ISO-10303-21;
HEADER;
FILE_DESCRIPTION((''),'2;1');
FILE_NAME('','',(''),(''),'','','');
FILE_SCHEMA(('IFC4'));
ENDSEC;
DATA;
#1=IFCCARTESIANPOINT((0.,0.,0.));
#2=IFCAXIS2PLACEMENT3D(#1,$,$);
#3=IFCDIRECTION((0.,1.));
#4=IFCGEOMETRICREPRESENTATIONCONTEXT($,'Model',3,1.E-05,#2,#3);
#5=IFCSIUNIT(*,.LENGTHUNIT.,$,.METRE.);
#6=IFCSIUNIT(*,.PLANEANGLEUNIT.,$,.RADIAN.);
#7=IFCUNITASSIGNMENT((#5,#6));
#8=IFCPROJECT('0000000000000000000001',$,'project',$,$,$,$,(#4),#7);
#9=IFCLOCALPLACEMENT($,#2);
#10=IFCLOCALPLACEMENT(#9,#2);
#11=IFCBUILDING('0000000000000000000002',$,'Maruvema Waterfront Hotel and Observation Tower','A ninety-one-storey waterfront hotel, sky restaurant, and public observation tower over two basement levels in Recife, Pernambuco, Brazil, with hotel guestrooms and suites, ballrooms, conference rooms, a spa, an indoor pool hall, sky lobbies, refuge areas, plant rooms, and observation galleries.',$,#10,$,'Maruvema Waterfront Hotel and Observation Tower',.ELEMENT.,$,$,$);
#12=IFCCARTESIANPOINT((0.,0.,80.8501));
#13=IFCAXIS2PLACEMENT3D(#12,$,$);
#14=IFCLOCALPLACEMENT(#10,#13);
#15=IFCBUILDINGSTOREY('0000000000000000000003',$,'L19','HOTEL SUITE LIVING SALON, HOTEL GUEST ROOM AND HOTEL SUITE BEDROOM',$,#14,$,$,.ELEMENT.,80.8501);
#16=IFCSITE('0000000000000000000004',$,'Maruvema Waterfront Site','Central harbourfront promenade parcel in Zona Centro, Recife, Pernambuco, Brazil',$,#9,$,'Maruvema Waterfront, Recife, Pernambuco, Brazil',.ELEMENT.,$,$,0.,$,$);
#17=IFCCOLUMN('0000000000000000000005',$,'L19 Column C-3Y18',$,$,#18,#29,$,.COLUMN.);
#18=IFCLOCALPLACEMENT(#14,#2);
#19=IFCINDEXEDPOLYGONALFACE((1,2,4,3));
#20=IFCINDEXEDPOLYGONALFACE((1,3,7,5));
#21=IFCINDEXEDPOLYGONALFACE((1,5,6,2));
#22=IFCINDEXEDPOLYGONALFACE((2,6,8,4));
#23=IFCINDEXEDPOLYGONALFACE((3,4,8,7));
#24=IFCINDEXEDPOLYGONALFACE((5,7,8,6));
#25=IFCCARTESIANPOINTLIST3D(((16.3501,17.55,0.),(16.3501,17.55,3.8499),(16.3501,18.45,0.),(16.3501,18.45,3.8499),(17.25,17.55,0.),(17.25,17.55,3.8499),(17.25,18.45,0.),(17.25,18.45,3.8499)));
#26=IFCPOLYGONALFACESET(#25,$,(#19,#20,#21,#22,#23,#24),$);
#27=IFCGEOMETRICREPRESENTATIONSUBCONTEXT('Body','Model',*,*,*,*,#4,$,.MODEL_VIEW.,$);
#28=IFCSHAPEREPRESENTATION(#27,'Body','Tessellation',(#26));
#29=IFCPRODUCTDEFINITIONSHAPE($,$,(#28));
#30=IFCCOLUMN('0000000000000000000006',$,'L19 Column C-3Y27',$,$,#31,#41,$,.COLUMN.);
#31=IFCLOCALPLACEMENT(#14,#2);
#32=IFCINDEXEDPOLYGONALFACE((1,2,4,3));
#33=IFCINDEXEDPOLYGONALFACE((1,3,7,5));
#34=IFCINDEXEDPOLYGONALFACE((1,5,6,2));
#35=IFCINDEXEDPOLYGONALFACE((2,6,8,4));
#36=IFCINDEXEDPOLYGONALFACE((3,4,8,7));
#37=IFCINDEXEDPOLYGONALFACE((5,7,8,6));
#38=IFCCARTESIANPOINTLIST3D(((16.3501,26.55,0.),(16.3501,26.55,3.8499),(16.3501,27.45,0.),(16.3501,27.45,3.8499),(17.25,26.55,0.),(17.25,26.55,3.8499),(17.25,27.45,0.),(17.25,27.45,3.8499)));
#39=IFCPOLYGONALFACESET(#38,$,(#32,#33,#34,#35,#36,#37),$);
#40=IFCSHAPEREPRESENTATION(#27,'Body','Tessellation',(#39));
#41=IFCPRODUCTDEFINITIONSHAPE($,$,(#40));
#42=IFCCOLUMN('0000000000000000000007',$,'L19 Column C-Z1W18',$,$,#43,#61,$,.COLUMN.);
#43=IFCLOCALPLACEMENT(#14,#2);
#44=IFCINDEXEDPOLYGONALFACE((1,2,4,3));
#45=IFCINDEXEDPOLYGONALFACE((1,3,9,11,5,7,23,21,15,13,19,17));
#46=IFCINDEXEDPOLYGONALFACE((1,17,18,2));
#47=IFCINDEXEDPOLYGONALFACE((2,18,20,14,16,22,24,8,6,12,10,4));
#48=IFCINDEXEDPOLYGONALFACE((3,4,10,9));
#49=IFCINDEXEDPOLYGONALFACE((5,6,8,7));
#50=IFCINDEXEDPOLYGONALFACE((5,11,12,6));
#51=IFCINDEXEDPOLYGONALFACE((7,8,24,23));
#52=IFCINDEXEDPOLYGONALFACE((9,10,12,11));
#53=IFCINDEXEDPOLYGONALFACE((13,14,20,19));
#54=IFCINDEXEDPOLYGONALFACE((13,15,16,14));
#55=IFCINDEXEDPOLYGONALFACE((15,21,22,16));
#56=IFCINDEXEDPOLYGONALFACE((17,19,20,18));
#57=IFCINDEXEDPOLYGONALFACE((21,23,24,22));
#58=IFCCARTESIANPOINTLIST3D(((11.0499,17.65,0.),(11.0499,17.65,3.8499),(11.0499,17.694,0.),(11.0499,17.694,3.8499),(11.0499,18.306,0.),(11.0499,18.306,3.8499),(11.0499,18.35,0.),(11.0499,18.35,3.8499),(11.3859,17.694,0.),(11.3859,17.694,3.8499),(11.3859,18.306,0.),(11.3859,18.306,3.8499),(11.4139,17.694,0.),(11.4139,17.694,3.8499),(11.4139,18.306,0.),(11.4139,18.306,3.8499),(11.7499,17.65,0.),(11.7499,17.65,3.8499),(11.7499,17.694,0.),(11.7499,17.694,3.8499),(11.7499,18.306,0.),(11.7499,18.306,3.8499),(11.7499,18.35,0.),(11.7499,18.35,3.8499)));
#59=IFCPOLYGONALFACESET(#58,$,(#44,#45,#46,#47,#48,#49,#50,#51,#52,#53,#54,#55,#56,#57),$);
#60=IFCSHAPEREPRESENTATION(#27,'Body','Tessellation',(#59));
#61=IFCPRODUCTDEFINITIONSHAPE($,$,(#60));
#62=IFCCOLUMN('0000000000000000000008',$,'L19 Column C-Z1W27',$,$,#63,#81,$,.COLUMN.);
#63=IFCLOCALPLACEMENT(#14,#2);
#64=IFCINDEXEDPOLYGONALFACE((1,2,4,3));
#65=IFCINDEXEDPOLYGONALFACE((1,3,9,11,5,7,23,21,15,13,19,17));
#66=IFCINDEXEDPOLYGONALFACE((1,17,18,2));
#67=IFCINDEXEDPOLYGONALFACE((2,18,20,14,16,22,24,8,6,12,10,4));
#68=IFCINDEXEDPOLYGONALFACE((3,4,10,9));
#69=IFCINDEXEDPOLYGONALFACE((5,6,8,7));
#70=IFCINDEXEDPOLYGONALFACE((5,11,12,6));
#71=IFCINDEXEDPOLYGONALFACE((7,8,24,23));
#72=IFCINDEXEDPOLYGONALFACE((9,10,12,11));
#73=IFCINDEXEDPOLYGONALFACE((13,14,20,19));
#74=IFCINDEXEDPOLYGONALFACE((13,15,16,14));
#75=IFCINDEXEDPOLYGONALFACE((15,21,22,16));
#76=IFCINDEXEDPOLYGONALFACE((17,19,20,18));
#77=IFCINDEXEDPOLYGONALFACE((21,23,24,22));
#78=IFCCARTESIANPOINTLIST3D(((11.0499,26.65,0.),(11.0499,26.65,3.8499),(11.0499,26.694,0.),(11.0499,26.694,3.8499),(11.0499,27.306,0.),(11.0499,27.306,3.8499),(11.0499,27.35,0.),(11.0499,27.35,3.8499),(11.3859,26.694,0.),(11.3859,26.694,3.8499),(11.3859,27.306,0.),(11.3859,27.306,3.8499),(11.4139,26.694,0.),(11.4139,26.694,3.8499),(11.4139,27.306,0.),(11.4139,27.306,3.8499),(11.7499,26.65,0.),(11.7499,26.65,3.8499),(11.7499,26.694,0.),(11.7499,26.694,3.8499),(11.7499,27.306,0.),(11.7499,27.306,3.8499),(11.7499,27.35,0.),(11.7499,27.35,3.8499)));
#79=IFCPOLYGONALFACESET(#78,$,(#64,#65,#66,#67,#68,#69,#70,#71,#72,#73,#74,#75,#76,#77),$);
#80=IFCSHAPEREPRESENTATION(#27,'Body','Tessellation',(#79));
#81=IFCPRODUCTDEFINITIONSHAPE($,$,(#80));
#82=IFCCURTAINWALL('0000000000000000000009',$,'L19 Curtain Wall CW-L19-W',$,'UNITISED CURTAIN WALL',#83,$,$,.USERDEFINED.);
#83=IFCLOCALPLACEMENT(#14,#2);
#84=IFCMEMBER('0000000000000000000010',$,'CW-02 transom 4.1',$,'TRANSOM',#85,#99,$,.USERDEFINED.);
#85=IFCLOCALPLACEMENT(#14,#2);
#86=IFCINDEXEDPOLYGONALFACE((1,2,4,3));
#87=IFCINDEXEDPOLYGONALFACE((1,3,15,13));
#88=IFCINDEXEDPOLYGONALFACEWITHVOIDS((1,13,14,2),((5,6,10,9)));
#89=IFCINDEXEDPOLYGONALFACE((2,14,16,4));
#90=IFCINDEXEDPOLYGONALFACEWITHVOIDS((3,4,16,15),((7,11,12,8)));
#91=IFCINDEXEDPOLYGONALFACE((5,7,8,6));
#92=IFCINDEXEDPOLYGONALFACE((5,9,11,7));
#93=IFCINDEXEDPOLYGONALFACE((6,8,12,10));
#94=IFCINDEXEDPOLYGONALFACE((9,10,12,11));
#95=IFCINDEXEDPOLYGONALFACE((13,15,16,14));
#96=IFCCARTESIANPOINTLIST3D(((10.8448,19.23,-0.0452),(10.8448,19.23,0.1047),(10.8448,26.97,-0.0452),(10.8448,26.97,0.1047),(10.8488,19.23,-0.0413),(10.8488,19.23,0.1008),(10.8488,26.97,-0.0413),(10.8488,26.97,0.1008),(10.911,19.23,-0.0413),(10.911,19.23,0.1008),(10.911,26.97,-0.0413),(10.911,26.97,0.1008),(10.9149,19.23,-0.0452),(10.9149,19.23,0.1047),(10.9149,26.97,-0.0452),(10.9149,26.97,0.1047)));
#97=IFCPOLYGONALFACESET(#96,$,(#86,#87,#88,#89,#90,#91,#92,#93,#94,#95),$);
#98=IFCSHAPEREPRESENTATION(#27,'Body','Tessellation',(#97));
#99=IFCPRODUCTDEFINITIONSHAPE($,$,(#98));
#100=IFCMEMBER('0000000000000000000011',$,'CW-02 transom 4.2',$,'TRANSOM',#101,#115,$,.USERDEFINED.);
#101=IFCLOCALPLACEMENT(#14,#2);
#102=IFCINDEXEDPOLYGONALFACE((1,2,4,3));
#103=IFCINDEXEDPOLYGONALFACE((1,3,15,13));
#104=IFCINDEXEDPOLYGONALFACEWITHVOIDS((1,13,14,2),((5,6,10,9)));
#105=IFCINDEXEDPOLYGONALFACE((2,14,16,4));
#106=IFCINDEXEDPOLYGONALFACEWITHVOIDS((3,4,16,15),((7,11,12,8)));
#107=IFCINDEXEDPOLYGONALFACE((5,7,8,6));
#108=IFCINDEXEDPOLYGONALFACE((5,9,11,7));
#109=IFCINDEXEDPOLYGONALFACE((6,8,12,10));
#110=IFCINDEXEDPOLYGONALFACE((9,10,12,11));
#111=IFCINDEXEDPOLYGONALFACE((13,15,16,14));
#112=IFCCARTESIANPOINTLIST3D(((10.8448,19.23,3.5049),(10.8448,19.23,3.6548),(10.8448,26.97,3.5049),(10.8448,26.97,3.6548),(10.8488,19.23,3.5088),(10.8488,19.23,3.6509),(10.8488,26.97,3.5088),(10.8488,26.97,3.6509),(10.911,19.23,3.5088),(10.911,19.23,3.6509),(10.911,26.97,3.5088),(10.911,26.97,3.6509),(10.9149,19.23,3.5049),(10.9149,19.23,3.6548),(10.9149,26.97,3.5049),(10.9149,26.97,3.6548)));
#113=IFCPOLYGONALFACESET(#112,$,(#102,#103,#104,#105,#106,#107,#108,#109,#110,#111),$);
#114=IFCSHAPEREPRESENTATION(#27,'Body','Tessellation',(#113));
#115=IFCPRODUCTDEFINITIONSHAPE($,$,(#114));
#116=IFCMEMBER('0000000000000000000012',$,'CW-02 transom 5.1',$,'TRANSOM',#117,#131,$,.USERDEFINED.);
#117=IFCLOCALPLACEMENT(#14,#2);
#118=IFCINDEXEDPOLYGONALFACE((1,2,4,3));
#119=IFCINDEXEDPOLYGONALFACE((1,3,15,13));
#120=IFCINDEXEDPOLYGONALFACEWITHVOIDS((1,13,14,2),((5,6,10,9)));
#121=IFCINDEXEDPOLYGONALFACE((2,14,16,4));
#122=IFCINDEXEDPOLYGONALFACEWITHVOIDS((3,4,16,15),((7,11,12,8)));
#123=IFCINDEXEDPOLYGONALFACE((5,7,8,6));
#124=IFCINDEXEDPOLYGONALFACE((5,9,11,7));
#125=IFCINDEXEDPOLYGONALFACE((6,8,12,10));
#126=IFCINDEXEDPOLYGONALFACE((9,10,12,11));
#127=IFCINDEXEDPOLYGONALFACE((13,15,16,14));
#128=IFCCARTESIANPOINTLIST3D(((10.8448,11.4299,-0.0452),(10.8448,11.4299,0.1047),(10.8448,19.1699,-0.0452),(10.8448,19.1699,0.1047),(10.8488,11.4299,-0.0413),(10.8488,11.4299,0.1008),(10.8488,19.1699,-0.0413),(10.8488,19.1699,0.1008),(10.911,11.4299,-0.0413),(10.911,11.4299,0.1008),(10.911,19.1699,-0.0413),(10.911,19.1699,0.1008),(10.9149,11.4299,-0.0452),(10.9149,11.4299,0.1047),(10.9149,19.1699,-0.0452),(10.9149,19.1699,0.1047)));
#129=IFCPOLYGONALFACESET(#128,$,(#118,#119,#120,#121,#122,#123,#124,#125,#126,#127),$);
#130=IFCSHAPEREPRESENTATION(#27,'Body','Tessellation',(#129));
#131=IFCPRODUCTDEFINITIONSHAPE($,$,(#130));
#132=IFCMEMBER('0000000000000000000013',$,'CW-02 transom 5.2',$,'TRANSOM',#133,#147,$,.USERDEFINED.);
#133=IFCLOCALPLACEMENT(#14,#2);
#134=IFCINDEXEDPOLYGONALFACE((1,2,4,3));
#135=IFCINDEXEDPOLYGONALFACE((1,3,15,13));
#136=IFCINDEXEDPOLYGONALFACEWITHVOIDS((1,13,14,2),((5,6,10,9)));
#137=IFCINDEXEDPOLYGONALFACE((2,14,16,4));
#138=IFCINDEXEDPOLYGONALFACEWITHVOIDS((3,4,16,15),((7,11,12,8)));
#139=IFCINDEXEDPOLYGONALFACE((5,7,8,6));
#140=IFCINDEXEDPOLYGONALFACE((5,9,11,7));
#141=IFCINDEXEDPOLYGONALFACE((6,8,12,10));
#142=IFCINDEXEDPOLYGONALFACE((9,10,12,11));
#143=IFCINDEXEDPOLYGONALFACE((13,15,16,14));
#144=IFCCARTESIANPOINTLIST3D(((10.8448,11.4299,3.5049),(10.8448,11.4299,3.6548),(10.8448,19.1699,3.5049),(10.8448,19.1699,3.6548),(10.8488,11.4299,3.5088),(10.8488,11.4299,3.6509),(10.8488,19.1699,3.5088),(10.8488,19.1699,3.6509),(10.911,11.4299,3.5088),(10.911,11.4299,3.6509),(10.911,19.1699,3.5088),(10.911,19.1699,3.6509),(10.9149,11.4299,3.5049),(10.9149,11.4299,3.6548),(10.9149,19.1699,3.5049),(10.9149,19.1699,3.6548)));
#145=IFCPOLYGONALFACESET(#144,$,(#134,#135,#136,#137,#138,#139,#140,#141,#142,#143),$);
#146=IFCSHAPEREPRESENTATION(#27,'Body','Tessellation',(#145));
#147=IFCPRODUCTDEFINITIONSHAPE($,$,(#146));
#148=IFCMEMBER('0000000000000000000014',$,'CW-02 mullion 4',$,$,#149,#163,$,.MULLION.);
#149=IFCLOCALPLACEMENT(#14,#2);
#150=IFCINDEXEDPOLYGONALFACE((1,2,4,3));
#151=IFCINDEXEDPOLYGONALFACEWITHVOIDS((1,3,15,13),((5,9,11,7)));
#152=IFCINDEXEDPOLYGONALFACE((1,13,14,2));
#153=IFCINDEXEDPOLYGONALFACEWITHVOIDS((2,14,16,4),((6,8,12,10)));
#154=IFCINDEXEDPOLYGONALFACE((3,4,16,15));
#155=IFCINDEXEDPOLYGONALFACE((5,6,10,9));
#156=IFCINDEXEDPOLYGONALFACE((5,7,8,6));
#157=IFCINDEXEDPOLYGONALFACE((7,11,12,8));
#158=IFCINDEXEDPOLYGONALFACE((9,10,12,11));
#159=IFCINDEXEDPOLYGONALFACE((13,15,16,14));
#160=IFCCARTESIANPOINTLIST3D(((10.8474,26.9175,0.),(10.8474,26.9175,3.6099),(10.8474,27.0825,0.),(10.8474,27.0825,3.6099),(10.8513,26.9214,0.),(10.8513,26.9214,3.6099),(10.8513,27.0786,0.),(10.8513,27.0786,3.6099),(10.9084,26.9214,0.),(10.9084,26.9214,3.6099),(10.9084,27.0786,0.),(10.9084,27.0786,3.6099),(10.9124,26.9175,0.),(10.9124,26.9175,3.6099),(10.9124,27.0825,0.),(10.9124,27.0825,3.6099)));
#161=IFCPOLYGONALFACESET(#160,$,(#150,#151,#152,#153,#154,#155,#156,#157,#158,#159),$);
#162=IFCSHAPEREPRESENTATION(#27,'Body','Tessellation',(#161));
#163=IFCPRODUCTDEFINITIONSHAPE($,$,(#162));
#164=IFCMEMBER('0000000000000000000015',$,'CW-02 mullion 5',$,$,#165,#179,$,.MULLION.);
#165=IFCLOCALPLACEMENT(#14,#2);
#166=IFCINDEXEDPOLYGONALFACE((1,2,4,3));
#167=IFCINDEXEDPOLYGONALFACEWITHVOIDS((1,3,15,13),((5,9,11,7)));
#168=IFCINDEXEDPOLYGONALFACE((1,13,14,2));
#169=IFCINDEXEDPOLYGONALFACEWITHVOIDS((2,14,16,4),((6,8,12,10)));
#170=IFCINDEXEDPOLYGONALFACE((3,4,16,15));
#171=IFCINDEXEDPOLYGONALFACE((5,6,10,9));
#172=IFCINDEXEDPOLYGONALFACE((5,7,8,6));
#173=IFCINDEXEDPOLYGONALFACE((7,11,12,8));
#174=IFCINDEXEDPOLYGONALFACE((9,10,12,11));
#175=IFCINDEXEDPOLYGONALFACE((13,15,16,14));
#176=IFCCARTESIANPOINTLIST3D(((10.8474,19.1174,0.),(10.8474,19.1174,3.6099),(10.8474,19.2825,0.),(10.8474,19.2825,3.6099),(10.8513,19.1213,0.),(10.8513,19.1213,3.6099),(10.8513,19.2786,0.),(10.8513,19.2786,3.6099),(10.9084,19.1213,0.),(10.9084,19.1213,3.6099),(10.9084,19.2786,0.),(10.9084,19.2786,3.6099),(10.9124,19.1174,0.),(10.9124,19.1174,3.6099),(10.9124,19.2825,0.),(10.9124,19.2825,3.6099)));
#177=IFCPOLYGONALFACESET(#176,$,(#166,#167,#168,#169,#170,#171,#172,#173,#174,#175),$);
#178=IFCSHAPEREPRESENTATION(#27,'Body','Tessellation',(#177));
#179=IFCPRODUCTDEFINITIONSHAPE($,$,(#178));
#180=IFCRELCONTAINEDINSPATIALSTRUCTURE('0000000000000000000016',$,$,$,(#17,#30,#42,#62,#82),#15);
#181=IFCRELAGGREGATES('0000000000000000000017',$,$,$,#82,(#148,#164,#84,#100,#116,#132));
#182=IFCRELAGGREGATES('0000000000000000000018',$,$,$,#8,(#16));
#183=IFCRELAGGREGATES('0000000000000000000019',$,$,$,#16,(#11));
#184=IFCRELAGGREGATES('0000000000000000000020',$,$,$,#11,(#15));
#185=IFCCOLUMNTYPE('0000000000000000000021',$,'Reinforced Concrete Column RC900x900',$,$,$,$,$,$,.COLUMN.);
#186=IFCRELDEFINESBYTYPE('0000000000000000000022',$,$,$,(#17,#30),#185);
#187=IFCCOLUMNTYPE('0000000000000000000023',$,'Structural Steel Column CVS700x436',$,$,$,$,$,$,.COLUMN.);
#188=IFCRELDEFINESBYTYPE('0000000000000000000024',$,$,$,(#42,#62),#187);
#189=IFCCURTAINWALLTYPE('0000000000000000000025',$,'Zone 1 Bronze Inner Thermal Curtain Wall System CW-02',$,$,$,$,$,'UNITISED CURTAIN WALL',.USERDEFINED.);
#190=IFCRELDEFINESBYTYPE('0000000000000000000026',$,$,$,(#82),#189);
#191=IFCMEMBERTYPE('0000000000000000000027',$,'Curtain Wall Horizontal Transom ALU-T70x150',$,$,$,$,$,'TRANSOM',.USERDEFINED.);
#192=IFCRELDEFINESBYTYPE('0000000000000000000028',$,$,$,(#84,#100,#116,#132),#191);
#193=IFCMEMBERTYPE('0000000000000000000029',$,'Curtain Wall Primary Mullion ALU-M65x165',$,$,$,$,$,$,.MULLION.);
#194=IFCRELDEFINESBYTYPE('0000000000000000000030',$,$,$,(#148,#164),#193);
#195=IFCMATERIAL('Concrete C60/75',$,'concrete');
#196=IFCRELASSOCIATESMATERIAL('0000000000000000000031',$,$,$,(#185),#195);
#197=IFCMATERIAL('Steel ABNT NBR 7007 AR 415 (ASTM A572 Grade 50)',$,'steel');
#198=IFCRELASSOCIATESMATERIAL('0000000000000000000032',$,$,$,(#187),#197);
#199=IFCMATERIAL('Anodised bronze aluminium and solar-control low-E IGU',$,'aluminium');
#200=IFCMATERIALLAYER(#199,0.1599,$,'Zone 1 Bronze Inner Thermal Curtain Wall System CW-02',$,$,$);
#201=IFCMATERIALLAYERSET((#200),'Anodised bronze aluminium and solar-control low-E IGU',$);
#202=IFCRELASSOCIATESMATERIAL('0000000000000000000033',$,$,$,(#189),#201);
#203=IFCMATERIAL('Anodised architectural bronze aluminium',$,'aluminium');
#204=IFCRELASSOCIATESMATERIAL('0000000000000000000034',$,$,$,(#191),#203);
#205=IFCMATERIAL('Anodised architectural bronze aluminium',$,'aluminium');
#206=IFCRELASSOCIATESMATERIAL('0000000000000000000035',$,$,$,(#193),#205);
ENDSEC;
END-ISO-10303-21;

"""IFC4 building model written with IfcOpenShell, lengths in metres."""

from ifc_helpers import new_model, si_unit, direction, frame, origin, origin_2d, place, context, subcontext, project, spatial, rectangle, hollow_rectangle, i_section, extrude, material, layer, layer_set, material_profile, profile_set, type_object, element, aggregate, save


model = new_model("IFC4")

# Units and contexts
model_context = context("Model", 3, precision=1e-05, world=origin(), true_north=direction((0.0, 1.0)))
body_context = subcontext(model_context, "Body", "Model", "MODEL_VIEW")
ifc_project = project(units=[si_unit("LENGTHUNIT", "METRE"), si_unit("PLANEANGLEUNIT", "RADIAN")], contexts=[model_context])

# Site, building, storey
site_placement = place(None, origin())
site = spatial("IfcSite", under=ifc_project, at=site_placement, Name="Maruvema Waterfront Site", Description="Central harbourfront promenade parcel in Zona Centro, Recife, Pernambuco, Brazil", LongName="Maruvema Waterfront, Recife, Pernambuco, Brazil", CompositionType="ELEMENT", RefElevation=0.0)
building_placement = place(site_placement, origin())
building = spatial("IfcBuilding", under=site, at=building_placement, Name="Maruvema Waterfront Hotel and Observation Tower", Description="A ninety-one-storey waterfront hotel, sky restaurant, and public observation tower over two basement levels in Recife, Pernambuco, Brazil, with hotel guestrooms and suites, ballrooms, conference rooms, a spa, an indoor pool hall, sky lobbies, refuge areas, plant rooms, and observation galleries.", LongName="Maruvema Waterfront Hotel and Observation Tower", CompositionType="ELEMENT")
storey_placement = place(building_placement, frame((0.0, 0.0, 80.8501)))
storey = spatial("IfcBuildingStorey", under=building, at=storey_placement, Name="L19", Description="HOTEL SUITE LIVING SALON, HOTEL GUEST ROOM AND HOTEL SUITE BEDROOM", CompositionType="ELEMENT", Elevation=80.8501)

# Columns
ifc_material_1 = material(Name="Concrete C60/75", Category="concrete")
ifc_material_profile_1 = material_profile(ifc_material_1, rectangle(XDim=0.8999, YDim=0.8999, at=origin_2d()), Name="RC900x900")
ifc_profile_set_1 = profile_set([ifc_material_profile_1], Name="Concrete C60/75")
column_type_1 = type_object("IfcColumnType", Name="Reinforced Concrete Column RC900x900", PredefinedType="COLUMN", material=ifc_profile_set_1)
for number, where, z_axis, x_axis, name in (
    (1, (16.8, 18.0, 0.0), (0.0, 0.0, 1.0), (1.0, 0.0, 0.0), "L19 Column C-3Y18"),
    (2, (16.8, 27.0, 0.0), (0.0, 0.0, 1.0), (1.0, 0.0, 0.0), "L19 Column C-3Y27"),
):
    element("IfcColumn", number, at=place(storey_placement, frame(where, z_axis=z_axis, x_axis=x_axis)), inside=storey, type_object=column_type_1, Name=name, PredefinedType="COLUMN", context=body_context, shape_type="SweptSolid", body=[
        extrude(rectangle(XDim=0.8999, YDim=0.8999, at=origin_2d()), origin(), (0.0, 0.0, 1.0), 3.8499),
    ])
ifc_material_2 = material(Name="Steel ABNT NBR 7007 AR 415 (ASTM A572 Grade 50)", Category="steel")
ifc_material_profile_2 = material_profile(ifc_material_2, i_section(OverallWidth=0.7, OverallDepth=0.7, WebThickness=0.0281, FlangeThickness=0.0439, at=origin_2d()), Name="CVS700x436")
ifc_profile_set_2 = profile_set([ifc_material_profile_2], Name="Steel ABNT NBR 7007 AR 415 (ASTM A572 Grade 50)")
column_type_2 = type_object("IfcColumnType", Name="Structural Steel Column CVS700x436", PredefinedType="COLUMN", material=ifc_profile_set_2)
for number, where, z_axis, x_axis, name in (
    (3, (11.3999, 18.0, 0.0), (0.0, 0.0, 1.0), (1.0, 0.0, 0.0), "L19 Column C-Z1W18"),
    (4, (11.3999, 27.0, 0.0), (0.0, 0.0, 1.0), (1.0, 0.0, 0.0), "L19 Column C-Z1W27"),
):
    element("IfcColumn", number, at=place(storey_placement, frame(where, z_axis=z_axis, x_axis=x_axis)), inside=storey, type_object=column_type_2, Name=name, PredefinedType="COLUMN", context=body_context, shape_type="SweptSolid", body=[
        extrude(i_section(OverallWidth=0.7, OverallDepth=0.7, WebThickness=0.0281, FlangeThickness=0.0439, at=origin_2d()), origin(), (0.0, 0.0, 1.0), 3.8499),
    ])

# Curtain wall, members
ifc_material_3 = material(Name="Anodised bronze aluminium and solar-control low-E IGU", Category="aluminium")
ifc_layer_1 = layer(ifc_material_3, 0.1599, Name="Zone 1 Bronze Inner Thermal Curtain Wall System CW-02")
ifc_layer_set_1 = layer_set([ifc_layer_1], Name="Anodised bronze aluminium and solar-control low-E IGU")
curtain_wall_type = type_object("IfcCurtainWallType", Name="Zone 1 Bronze Inner Thermal Curtain Wall System CW-02", ElementType="UNITISED CURTAIN WALL", PredefinedType="USERDEFINED", material=ifc_layer_set_1)
curtain_wall_placement = place(storey_placement, origin())
curtain_wall = element("IfcCurtainWall", 5, at=curtain_wall_placement, inside=storey, type_object=curtain_wall_type, Name="L19 Curtain Wall CW-L19-W", ObjectType="UNITISED CURTAIN WALL", PredefinedType="USERDEFINED")
ifc_material_4 = material(Name="Anodised architectural bronze aluminium", Category="aluminium")
ifc_material_profile_3 = material_profile(ifc_material_4, hollow_rectangle(XDim=0.0701, YDim=0.1499, WallThickness=0.0039, at=origin_2d()), Name="ALU-T70x150")
ifc_profile_set_3 = profile_set([ifc_material_profile_3], Name="Anodised architectural bronze aluminium")
member_type_1 = type_object("IfcMemberType", Name="Curtain Wall Horizontal Transom ALU-T70x150", ElementType="TRANSOM", PredefinedType="USERDEFINED", material=ifc_profile_set_3)
member_1_placement = place(storey_placement, frame((10.8799, 26.97, 0.0298), z_axis=(0.0, -1.0, 0.0), x_axis=(1.0, 0.0, 0.0)))
member_1 = element("IfcMember", 6, at=member_1_placement, type_object=member_type_1, Name="CW-02 transom 4.1", ObjectType="TRANSOM", PredefinedType="USERDEFINED", context=body_context, shape_type="SweptSolid", body=[
    extrude(hollow_rectangle(XDim=0.0701, YDim=0.1499, WallThickness=0.0039, at=origin_2d()), origin(), (0.0, 0.0, 1.0), 7.74),
])
member_2_placement = place(storey_placement, frame((10.8799, 26.97, 3.5798), z_axis=(0.0, -1.0, 0.0), x_axis=(1.0, 0.0, 0.0)))
member_2 = element("IfcMember", 7, at=member_2_placement, type_object=member_type_1, Name="CW-02 transom 4.2", ObjectType="TRANSOM", PredefinedType="USERDEFINED", context=body_context, shape_type="SweptSolid", body=[
    extrude(hollow_rectangle(XDim=0.0701, YDim=0.1499, WallThickness=0.0039, at=origin_2d()), origin(), (0.0, 0.0, 1.0), 7.74),
])
member_3_placement = place(storey_placement, frame((10.8799, 19.1699, 0.0298), z_axis=(0.0, -1.0, 0.0), x_axis=(1.0, 0.0, 0.0)))
member_3 = element("IfcMember", 8, at=member_3_placement, type_object=member_type_1, Name="CW-02 transom 5.1", ObjectType="TRANSOM", PredefinedType="USERDEFINED", context=body_context, shape_type="SweptSolid", body=[
    extrude(hollow_rectangle(XDim=0.0701, YDim=0.1499, WallThickness=0.0039, at=origin_2d()), origin(), (0.0, 0.0, 1.0), 7.74),
])
member_4_placement = place(storey_placement, frame((10.8799, 19.1699, 3.5798), z_axis=(0.0, -1.0, 0.0), x_axis=(1.0, 0.0, 0.0)))
member_4 = element("IfcMember", 9, at=member_4_placement, type_object=member_type_1, Name="CW-02 transom 5.2", ObjectType="TRANSOM", PredefinedType="USERDEFINED", context=body_context, shape_type="SweptSolid", body=[
    extrude(hollow_rectangle(XDim=0.0701, YDim=0.1499, WallThickness=0.0039, at=origin_2d()), origin(), (0.0, 0.0, 1.0), 7.74),
])
ifc_material_5 = material(Name="Anodised architectural bronze aluminium", Category="aluminium")
ifc_material_profile_4 = material_profile(ifc_material_5, hollow_rectangle(XDim=0.0649, YDim=0.165, WallThickness=0.0039, at=origin_2d()), Name="ALU-M65x165")
ifc_profile_set_4 = profile_set([ifc_material_profile_4], Name="Anodised architectural bronze aluminium")
member_type_2 = type_object("IfcMemberType", Name="Curtain Wall Primary Mullion ALU-M65x165", PredefinedType="MULLION", material=ifc_profile_set_4)
member_5_placement = place(storey_placement, frame((10.8799, 27.0, 0.0), z_axis=(0.0, 0.0, 1.0), x_axis=(1.0, 0.0, 0.0)))
member_5 = element("IfcMember", 10, at=member_5_placement, type_object=member_type_2, Name="CW-02 mullion 4", PredefinedType="MULLION", context=body_context, shape_type="SweptSolid", body=[
    extrude(hollow_rectangle(XDim=0.0649, YDim=0.165, WallThickness=0.0039, at=origin_2d()), origin(), (0.0, 0.0, 1.0), 3.6099),
])
member_6_placement = place(storey_placement, frame((10.8799, 19.2, 0.0), z_axis=(0.0, 0.0, 1.0), x_axis=(1.0, 0.0, 0.0)))
member_6 = element("IfcMember", 11, at=member_6_placement, type_object=member_type_2, Name="CW-02 mullion 5", PredefinedType="MULLION", context=body_context, shape_type="SweptSolid", body=[
    extrude(hollow_rectangle(XDim=0.0649, YDim=0.165, WallThickness=0.0039, at=origin_2d()), origin(), (0.0, 0.0, 1.0), 3.6099),
])

aggregate(curtain_wall, [member_5, member_6, member_1, member_2, member_3, member_4])

save(model, "model.ifc")
